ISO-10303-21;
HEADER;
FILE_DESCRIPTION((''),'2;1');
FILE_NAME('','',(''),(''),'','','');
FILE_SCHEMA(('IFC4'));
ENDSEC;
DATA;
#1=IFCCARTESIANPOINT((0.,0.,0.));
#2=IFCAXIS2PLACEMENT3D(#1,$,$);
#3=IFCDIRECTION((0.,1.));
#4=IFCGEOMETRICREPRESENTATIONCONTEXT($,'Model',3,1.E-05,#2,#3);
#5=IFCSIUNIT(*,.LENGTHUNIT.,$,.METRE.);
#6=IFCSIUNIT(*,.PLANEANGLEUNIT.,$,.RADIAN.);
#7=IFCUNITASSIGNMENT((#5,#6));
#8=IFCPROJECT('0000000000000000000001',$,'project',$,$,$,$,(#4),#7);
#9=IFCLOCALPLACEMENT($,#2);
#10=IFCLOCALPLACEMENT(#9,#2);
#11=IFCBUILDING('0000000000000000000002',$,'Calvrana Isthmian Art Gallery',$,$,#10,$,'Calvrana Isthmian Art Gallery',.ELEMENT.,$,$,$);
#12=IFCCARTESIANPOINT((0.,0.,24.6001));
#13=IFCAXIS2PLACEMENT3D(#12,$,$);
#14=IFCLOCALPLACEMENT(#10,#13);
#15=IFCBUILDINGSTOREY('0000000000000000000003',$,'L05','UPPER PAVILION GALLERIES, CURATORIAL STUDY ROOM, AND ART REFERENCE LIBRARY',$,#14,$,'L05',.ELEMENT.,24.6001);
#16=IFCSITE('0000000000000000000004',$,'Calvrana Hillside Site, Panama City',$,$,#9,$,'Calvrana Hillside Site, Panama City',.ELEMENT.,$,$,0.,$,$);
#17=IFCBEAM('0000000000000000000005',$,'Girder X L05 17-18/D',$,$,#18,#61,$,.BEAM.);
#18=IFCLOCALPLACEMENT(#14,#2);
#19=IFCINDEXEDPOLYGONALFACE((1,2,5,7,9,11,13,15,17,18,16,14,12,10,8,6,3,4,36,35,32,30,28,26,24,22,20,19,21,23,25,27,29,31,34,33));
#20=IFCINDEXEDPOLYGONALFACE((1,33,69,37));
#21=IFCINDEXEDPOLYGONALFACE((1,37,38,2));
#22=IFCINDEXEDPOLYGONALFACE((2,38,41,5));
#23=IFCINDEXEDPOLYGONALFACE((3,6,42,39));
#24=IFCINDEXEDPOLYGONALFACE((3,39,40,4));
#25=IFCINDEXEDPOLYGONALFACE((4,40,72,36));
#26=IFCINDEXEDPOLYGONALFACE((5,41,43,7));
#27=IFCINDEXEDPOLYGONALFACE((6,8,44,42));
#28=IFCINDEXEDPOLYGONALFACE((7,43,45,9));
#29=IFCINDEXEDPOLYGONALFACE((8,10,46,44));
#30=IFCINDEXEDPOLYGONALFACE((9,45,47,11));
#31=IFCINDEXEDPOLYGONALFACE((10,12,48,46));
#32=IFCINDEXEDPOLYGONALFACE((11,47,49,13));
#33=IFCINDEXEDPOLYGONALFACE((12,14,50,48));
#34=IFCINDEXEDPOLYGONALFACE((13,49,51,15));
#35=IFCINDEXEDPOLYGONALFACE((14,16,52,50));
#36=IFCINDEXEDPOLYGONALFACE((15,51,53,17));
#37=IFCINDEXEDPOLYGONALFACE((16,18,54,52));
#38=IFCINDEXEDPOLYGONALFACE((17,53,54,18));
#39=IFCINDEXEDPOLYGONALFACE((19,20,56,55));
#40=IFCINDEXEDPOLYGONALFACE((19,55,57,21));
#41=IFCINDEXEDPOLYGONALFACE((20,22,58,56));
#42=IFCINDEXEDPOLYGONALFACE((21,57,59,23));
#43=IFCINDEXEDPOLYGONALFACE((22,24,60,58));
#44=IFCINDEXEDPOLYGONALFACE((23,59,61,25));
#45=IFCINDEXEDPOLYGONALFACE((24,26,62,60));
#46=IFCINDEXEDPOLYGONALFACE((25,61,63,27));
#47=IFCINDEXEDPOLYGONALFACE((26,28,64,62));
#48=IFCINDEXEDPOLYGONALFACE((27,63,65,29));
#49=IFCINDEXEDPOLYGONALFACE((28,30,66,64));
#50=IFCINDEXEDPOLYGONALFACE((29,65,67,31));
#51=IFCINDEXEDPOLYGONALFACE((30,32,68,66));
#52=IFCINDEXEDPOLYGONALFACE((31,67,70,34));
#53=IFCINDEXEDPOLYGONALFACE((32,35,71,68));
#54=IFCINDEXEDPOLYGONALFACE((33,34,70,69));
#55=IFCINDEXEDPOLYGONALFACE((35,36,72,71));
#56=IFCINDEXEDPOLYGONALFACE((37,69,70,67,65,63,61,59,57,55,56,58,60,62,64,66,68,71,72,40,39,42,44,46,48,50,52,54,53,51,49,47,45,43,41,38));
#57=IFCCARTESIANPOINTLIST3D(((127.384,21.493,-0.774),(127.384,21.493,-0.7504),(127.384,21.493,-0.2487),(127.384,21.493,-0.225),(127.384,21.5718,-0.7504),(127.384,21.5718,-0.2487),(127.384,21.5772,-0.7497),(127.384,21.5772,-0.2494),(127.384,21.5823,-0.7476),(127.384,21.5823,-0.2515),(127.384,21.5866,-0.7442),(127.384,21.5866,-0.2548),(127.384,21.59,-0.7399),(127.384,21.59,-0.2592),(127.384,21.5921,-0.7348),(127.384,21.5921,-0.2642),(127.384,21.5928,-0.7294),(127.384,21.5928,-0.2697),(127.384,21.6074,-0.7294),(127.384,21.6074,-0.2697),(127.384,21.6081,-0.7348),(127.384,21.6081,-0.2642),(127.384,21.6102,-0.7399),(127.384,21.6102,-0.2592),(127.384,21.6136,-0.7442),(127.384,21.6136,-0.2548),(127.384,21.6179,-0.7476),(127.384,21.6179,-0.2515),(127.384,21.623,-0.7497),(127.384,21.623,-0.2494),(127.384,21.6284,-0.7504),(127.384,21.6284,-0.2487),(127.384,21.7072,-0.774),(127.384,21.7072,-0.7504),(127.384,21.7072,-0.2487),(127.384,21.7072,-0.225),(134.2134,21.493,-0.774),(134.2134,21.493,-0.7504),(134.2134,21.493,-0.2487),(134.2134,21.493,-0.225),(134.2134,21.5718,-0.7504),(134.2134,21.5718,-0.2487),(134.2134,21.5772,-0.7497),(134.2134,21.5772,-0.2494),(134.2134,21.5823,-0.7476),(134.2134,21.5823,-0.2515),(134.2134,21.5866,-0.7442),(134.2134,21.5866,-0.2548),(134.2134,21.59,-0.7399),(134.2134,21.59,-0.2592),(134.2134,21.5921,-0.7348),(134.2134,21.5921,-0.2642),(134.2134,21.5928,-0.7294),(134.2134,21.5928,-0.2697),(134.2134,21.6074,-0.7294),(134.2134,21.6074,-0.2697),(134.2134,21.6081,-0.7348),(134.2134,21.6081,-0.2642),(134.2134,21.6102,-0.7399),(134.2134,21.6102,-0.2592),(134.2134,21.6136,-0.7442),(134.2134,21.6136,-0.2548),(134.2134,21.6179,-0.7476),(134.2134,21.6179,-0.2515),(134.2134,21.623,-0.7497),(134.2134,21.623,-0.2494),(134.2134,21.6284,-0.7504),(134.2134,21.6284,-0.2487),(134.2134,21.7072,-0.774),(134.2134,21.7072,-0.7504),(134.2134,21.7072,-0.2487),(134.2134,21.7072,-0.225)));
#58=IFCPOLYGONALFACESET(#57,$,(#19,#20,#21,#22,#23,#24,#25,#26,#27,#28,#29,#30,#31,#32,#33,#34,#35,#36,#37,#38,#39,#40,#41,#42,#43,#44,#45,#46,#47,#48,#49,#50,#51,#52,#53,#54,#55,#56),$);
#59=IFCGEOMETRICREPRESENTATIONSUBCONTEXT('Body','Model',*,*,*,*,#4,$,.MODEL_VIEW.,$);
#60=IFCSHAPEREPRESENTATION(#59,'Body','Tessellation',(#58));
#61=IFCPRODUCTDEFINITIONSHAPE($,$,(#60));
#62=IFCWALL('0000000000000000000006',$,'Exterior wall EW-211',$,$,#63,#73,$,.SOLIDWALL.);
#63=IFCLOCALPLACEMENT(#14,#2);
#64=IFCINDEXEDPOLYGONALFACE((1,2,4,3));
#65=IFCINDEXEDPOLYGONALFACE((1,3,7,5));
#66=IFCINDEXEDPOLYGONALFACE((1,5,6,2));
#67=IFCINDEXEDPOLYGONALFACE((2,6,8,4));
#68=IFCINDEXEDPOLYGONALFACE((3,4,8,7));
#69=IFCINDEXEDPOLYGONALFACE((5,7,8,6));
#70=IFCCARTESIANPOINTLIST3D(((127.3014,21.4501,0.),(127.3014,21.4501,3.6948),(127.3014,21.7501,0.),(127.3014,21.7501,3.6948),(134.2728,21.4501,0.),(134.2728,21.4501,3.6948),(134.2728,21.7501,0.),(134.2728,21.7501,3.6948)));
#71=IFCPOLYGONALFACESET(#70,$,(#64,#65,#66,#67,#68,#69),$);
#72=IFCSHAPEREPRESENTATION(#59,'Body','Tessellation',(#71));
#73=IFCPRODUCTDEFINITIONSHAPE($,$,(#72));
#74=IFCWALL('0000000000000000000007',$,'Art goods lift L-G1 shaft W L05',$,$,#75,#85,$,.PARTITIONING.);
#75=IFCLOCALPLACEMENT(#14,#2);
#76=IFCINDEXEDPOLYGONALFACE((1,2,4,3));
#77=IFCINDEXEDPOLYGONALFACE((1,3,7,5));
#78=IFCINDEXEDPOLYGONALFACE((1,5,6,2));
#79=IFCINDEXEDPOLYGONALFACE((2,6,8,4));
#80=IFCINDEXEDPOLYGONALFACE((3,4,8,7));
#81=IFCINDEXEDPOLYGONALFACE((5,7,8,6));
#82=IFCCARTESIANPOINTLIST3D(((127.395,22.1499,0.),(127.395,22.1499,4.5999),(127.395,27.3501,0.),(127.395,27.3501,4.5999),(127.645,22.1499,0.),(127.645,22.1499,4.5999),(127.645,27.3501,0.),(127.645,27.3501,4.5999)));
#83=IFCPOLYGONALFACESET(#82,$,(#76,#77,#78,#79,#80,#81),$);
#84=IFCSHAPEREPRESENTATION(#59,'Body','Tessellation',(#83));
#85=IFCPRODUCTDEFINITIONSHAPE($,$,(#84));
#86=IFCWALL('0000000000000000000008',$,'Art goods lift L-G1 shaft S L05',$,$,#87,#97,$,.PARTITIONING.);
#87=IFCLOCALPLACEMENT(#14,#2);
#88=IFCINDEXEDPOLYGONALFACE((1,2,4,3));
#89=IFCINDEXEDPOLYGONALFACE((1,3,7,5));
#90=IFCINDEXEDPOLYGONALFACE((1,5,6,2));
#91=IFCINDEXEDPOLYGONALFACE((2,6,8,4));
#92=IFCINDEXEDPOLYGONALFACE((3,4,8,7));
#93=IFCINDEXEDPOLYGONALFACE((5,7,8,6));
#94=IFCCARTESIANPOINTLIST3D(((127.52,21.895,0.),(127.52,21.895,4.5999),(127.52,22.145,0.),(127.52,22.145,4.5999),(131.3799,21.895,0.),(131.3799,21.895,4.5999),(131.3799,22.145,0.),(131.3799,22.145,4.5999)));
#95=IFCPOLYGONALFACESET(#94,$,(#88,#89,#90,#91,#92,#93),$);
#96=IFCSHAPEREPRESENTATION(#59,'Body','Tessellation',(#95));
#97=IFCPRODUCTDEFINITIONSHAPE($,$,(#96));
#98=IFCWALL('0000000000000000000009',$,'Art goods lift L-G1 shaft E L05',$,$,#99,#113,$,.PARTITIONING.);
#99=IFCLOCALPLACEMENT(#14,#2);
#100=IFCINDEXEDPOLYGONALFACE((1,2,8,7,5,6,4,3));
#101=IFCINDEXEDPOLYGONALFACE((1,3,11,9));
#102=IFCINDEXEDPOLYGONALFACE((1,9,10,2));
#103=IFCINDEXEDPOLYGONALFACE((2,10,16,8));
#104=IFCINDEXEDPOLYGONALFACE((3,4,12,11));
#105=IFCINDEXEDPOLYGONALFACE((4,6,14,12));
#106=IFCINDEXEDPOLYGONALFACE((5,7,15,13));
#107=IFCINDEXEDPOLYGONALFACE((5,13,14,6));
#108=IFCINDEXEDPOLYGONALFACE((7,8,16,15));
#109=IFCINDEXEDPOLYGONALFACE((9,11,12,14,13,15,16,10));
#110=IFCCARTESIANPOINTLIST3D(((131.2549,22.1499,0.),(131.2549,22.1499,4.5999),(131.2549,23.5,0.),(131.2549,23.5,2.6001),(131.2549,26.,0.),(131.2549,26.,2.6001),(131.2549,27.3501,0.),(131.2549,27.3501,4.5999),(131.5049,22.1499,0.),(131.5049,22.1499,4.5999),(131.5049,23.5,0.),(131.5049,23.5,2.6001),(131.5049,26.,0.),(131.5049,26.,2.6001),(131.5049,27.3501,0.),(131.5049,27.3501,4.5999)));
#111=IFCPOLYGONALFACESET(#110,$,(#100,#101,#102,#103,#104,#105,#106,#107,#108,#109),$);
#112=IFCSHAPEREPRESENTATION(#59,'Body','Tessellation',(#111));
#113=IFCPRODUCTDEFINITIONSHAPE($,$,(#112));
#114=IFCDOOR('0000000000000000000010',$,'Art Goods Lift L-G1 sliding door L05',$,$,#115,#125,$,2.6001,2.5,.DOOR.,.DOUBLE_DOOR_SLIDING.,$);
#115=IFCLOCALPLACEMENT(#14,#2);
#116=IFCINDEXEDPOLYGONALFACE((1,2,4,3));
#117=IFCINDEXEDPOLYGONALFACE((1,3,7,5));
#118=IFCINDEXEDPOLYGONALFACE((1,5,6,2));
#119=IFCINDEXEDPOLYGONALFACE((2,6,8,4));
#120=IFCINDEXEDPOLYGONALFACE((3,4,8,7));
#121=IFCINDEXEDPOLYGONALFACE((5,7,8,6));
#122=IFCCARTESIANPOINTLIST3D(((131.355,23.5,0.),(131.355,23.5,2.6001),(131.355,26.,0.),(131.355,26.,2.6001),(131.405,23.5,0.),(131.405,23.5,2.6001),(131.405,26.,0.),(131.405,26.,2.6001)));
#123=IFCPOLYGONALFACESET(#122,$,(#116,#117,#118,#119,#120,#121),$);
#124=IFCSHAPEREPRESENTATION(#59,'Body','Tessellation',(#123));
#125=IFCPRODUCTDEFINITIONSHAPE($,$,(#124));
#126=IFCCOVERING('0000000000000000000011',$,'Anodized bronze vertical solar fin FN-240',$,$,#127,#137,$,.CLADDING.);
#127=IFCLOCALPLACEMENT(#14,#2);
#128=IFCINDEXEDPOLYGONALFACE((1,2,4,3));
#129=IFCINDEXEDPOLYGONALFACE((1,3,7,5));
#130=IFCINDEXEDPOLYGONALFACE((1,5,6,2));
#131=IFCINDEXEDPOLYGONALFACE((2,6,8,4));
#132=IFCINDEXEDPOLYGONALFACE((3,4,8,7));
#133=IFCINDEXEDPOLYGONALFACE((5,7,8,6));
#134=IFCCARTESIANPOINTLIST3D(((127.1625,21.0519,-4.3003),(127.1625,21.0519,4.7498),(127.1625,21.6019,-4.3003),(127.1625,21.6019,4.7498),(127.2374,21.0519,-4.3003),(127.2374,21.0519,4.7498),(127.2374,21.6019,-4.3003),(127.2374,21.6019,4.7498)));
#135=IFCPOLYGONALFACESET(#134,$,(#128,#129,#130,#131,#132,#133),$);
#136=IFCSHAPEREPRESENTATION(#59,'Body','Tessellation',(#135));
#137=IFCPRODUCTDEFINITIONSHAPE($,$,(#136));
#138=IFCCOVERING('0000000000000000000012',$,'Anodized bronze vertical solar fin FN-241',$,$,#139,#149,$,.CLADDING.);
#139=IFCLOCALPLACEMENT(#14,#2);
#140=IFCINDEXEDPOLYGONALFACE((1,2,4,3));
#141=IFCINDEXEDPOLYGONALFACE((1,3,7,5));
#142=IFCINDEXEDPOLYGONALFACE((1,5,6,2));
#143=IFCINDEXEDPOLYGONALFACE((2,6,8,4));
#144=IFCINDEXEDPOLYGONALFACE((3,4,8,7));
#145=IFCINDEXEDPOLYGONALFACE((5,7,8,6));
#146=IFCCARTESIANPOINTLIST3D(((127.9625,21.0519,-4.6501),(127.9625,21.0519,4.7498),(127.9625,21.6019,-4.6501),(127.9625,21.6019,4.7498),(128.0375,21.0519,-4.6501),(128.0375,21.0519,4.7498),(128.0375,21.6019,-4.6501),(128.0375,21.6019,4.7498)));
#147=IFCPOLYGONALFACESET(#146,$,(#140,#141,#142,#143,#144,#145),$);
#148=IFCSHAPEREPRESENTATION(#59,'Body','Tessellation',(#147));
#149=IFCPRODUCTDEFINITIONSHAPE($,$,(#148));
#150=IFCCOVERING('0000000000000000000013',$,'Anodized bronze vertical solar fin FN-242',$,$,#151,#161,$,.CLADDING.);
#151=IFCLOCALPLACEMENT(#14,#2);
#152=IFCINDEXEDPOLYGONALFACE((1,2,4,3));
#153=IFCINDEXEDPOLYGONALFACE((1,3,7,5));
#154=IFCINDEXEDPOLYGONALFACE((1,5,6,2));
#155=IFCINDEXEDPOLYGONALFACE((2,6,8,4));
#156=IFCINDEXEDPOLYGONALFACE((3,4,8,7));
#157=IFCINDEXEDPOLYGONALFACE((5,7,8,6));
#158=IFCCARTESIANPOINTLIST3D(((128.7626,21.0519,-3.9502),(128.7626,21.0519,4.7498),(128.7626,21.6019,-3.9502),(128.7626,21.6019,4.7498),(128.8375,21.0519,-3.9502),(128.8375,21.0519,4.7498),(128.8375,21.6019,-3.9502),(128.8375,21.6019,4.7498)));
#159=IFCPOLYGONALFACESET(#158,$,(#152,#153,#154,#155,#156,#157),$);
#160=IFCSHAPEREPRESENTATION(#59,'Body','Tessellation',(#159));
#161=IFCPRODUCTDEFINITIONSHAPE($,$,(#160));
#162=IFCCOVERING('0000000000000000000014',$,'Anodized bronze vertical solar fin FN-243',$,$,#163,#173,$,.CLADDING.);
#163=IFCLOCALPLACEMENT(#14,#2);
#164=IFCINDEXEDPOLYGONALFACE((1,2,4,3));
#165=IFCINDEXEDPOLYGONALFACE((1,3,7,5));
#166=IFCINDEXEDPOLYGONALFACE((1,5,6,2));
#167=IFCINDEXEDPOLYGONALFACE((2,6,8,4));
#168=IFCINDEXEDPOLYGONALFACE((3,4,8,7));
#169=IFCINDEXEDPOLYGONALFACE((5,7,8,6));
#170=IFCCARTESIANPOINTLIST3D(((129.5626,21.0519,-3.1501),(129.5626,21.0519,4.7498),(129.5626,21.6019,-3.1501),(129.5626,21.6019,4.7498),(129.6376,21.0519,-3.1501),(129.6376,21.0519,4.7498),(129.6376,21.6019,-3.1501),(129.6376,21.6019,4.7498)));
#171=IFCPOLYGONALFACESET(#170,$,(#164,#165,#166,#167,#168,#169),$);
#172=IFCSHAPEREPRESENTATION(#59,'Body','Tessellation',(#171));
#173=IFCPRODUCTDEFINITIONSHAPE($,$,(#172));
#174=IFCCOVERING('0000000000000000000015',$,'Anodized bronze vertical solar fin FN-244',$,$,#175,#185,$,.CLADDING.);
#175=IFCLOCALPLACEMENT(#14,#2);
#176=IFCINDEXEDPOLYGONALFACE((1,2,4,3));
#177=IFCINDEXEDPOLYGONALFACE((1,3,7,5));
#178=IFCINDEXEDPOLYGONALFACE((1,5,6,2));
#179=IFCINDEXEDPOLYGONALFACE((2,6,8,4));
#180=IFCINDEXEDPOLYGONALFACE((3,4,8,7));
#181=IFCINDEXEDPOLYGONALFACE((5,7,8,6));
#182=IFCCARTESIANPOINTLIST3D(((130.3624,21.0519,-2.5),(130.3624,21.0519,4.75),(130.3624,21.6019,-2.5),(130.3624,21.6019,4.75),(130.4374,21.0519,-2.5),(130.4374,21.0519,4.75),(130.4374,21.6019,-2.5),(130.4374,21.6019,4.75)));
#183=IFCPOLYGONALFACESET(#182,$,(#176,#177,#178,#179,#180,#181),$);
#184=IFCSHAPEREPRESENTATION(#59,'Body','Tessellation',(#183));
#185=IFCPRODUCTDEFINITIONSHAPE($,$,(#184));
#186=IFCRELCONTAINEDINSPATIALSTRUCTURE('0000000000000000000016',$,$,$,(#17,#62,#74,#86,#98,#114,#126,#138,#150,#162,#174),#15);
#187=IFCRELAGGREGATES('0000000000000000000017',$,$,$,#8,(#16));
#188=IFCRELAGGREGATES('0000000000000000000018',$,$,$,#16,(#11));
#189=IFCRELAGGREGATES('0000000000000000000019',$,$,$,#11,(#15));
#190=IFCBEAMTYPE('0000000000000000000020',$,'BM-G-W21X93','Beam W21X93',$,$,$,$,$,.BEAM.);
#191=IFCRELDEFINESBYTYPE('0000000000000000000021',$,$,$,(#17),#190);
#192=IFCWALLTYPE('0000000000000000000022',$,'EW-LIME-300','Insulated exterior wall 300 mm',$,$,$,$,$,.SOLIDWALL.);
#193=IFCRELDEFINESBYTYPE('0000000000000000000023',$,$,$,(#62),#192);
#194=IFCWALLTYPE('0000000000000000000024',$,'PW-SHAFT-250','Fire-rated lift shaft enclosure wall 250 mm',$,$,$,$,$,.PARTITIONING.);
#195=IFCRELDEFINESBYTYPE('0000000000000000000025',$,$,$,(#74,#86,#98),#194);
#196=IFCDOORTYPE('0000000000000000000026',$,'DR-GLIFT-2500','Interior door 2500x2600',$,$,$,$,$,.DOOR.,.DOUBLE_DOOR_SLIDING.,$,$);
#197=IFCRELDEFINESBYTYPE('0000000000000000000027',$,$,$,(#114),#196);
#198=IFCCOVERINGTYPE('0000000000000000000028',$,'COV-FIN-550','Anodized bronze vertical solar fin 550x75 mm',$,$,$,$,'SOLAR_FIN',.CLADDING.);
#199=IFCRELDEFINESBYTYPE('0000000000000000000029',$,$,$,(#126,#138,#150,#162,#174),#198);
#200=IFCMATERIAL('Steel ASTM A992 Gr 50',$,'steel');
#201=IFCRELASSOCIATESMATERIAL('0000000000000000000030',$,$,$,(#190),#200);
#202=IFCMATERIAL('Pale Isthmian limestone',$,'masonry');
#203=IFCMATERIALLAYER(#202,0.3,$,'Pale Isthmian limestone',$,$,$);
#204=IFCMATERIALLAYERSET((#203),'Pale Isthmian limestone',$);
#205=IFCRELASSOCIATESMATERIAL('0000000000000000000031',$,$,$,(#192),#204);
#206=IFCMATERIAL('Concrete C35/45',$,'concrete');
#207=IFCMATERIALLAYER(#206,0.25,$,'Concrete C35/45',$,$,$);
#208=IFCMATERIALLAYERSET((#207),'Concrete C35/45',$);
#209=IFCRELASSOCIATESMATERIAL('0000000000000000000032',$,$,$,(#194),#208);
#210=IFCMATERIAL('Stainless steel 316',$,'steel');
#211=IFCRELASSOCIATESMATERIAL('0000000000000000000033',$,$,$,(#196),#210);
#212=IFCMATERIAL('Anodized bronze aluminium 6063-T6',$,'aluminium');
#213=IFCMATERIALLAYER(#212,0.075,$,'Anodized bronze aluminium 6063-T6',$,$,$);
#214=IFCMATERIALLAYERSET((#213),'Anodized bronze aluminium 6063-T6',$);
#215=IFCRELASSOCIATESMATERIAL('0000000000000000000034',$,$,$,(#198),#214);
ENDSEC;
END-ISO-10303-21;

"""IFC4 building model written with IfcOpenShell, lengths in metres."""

from ifc_helpers import new_model, si_unit, direction, frame, frame_2d, origin, origin_2d, place, context, subcontext, project, spatial, rectangle, i_section, extrude, material, layer, layer_set, material_profile, profile_set, type_object, element, fill, save


model = new_model("IFC4")

# Units and contexts
model_context = context("Model", 3, precision=1e-05, world=origin(), true_north=direction((0.0, 1.0)))
body_context = subcontext(model_context, "Body", "Model", "MODEL_VIEW")
ifc_project = project(units=[si_unit("LENGTHUNIT", "METRE"), si_unit("PLANEANGLEUNIT", "RADIAN")], contexts=[model_context])

# Site, building, storey
site_placement = place(None, origin())
site = spatial("IfcSite", under=ifc_project, at=site_placement, Name="Calvrana Hillside Site, Panama City", LongName="Calvrana Hillside Site, Panama City", CompositionType="ELEMENT", RefElevation=0.0)
building_placement = place(site_placement, origin())
building = spatial("IfcBuilding", under=site, at=building_placement, Name="Calvrana Isthmian Art Gallery", LongName="Calvrana Isthmian Art Gallery", CompositionType="ELEMENT")
storey_placement = place(building_placement, frame((0.0, 0.0, 24.6001)))
storey = spatial("IfcBuildingStorey", under=building, at=storey_placement, Name="L05", Description="UPPER PAVILION GALLERIES, CURATORIAL STUDY ROOM, AND ART REFERENCE LIBRARY", LongName="L05", CompositionType="ELEMENT", Elevation=24.6001)

# Beam
ifc_material_1 = material(Name="Steel ASTM A992 Gr 50", Category="steel")
ifc_material_profile = material_profile(ifc_material_1, i_section(OverallWidth=0.2141, OverallDepth=0.5491, WebThickness=0.0146, FlangeThickness=0.0237, FilletRadius=0.021, at=origin_2d()), Name="W21X93")
ifc_profile_set = profile_set([ifc_material_profile], Name="Steel ASTM A992 Gr 50")
beam_type = type_object("IfcBeamType", Name="BM-G-W21X93", Description="Beam W21X93", PredefinedType="BEAM", material=ifc_profile_set)
beam_placement = place(storey_placement, frame((127.384, 21.6001, -0.4995), z_axis=(1.0, 0.0, 0.0), x_axis=(0.0, 1.0, 0.0)))
element("IfcBeam", 1, at=beam_placement, inside=storey, type_object=beam_type, Name="Girder X L05 17-18/D", PredefinedType="BEAM", context=body_context, shape_type="SweptSolid", body=[
    extrude(i_section(OverallWidth=0.2141, OverallDepth=0.5491, WebThickness=0.0146, FlangeThickness=0.0237, FilletRadius=0.021, at=origin_2d()), origin(), (0.0, 0.0, 1.0), 6.8293),
])

# Walls
ifc_material_2 = material(Name="Pale Isthmian limestone", Category="masonry")
ifc_layer_1 = layer(ifc_material_2, 0.3, Name="Pale Isthmian limestone")
ifc_layer_set_1 = layer_set([ifc_layer_1], Name="Pale Isthmian limestone")
wall_type_1 = type_object("IfcWallType", Name="EW-LIME-300", Description="Insulated exterior wall 300 mm", PredefinedType="SOLIDWALL", material=ifc_layer_set_1)
wall_1_placement = place(storey_placement, frame((134.2729, 21.6001, 0.0), z_axis=(0.0, 0.0, 1.0), x_axis=(-1.0, 0.0, 0.0)))
element("IfcWall", 2, at=wall_1_placement, inside=storey, type_object=wall_type_1, Name="Exterior wall EW-211", PredefinedType="SOLIDWALL", context=body_context, shape_type="SweptSolid", body=[
    extrude(rectangle(XDim=6.9714, YDim=0.3, at=frame_2d((3.4858, 0.0))), origin(), (0.0, 0.0, 1.0), 3.6948),
])
ifc_material_3 = material(Name="Concrete C35/45", Category="concrete")
ifc_layer_2 = layer(ifc_material_3, 0.25, Name="Concrete C35/45")
ifc_layer_set_2 = layer_set([ifc_layer_2], Name="Concrete C35/45")
wall_type_2 = type_object("IfcWallType", Name="PW-SHAFT-250", Description="Fire-rated lift shaft enclosure wall 250 mm", PredefinedType="PARTITIONING", material=ifc_layer_set_2)
wall_2_placement = place(storey_placement, frame((127.52, 22.1499, 0.0), z_axis=(0.0, 0.0, 1.0), x_axis=(0.0, 1.0, 0.0)))
element("IfcWall", 3, at=wall_2_placement, inside=storey, type_object=wall_type_2, Name="Art goods lift L-G1 shaft W L05", PredefinedType="PARTITIONING", context=body_context, shape_type="SweptSolid", body=[
    extrude(rectangle(XDim=5.2002, YDim=0.25, at=frame_2d((2.6001, 0.0))), origin(), (0.0, 0.0, 1.0), 4.5999),
])
wall_3_placement = place(storey_placement, frame((127.52, 22.02, 0.0), z_axis=(0.0, 0.0, 1.0), x_axis=(1.0, 0.0, 0.0)))
element("IfcWall", 4, at=wall_3_placement, inside=storey, type_object=wall_type_2, Name="Art goods lift L-G1 shaft S L05", PredefinedType="PARTITIONING", context=body_context, shape_type="SweptSolid", body=[
    extrude(rectangle(XDim=3.8599, YDim=0.25, at=frame_2d((1.9299, 0.0))), origin(), (0.0, 0.0, 1.0), 4.5999),
])

# Wall, opening, door
wall_4_placement = place(storey_placement, frame((131.3799, 22.1499, 0.0), z_axis=(0.0, 0.0, 1.0), x_axis=(0.0, 1.0, 0.0)))
wall_4 = element("IfcWall", 5, at=wall_4_placement, inside=storey, type_object=wall_type_2, Name="Art goods lift L-G1 shaft E L05", PredefinedType="PARTITIONING", context=body_context, shape_type="SweptSolid", body=[
    extrude(rectangle(XDim=5.2002, YDim=0.25, at=frame_2d((2.6001, 0.0))), origin(), (0.0, 0.0, 1.0), 4.5999),
])
opening_placement = place(wall_4_placement, frame((1.3501, 0.0, 0.0)))
opening = element("IfcOpeningElement", 6, at=opening_placement, cuts=wall_4, PredefinedType="OPENING", context=body_context, shape_type="SweptSolid", body=[
    extrude(rectangle(XDim=2.5, YDim=2.6001, at=frame_2d((1.25, 1.3))), frame((0.0, 0.1353, 0.0), z_axis=(0.0, -1.0, 0.0), x_axis=(1.0, 0.0, 0.0)), (0.0, 0.0, 1.0), 0.2705),
])
ifc_material_4 = material(Name="Stainless steel 316", Category="steel")
door_type = type_object("IfcDoorType", Name="DR-GLIFT-2500", Description="Interior door 2500x2600", OperationType="DOUBLE_DOOR_SLIDING", PredefinedType="DOOR", material=ifc_material_4)
door_placement = place(opening_placement, origin())
door = element("IfcDoor", 7, at=door_placement, inside=storey, type_object=door_type, Name="Art Goods Lift L-G1 sliding door L05", OperationType="DOUBLE_DOOR_SLIDING", OverallHeight=2.6001, OverallWidth=2.5, PredefinedType="DOOR", context=body_context, shape_type="SweptSolid", body=[
    extrude(rectangle(XDim=2.5, YDim=2.6001, at=frame_2d((1.25, 1.3))), frame((0.0, 0.0249, 0.0), z_axis=(0.0, -1.0, 0.0), x_axis=(1.0, 0.0, 0.0)), (0.0, 0.0, 1.0), 0.05),
])
fill(opening, door)

# Coverings
ifc_material_5 = material(Name="Anodized bronze aluminium 6063-T6", Category="aluminium")
ifc_layer_3 = layer(ifc_material_5, 0.075, Name="Anodized bronze aluminium 6063-T6")
ifc_layer_set_3 = layer_set([ifc_layer_3], Name="Anodized bronze aluminium 6063-T6")
covering_type = type_object("IfcCoveringType", Name="COV-FIN-550", Description="Anodized bronze vertical solar fin 550x75 mm", ElementType="SOLAR_FIN", PredefinedType="CLADDING", material=ifc_layer_set_3)
covering_1_placement = place(storey_placement, frame((127.2, 21.3269, -4.3003), z_axis=(0.0, 0.0, 1.0), x_axis=(1.0, 0.0, 0.0)))
element("IfcCovering", 8, at=covering_1_placement, inside=storey, type_object=covering_type, Name="Anodized bronze vertical solar fin FN-240", PredefinedType="CLADDING", context=body_context, shape_type="SweptSolid", body=[
    extrude(rectangle(XDim=0.075, YDim=0.55, at=origin_2d()), origin(), (0.0, 0.0, 1.0), 9.05),
])
covering_2_placement = place(storey_placement, frame((128.0, 21.3269, -4.6501), z_axis=(0.0, 0.0, 1.0), x_axis=(1.0, 0.0, 0.0)))
element("IfcCovering", 9, at=covering_2_placement, inside=storey, type_object=covering_type, Name="Anodized bronze vertical solar fin FN-241", PredefinedType="CLADDING", context=body_context, shape_type="SweptSolid", body=[
    extrude(rectangle(XDim=0.075, YDim=0.55, at=origin_2d()), origin(), (0.0, 0.0, 1.0), 9.3999),
])
covering_3_placement = place(storey_placement, frame((128.8, 21.3269, -3.9502), z_axis=(0.0, 0.0, 1.0), x_axis=(1.0, 0.0, 0.0)))
element("IfcCovering", 10, at=covering_3_placement, inside=storey, type_object=covering_type, Name="Anodized bronze vertical solar fin FN-242", PredefinedType="CLADDING", context=body_context, shape_type="SweptSolid", body=[
    extrude(rectangle(XDim=0.075, YDim=0.55, at=origin_2d()), origin(), (0.0, 0.0, 1.0), 8.7),
])
covering_4_placement = place(storey_placement, frame((129.6001, 21.3269, -3.1501), z_axis=(0.0, 0.0, 1.0), x_axis=(1.0, 0.0, 0.0)))
element("IfcCovering", 11, at=covering_4_placement, inside=storey, type_object=covering_type, Name="Anodized bronze vertical solar fin FN-243", PredefinedType="CLADDING", context=body_context, shape_type="SweptSolid", body=[
    extrude(rectangle(XDim=0.075, YDim=0.55, at=origin_2d()), origin(), (0.0, 0.0, 1.0), 7.8999),
])
covering_5_placement = place(storey_placement, frame((130.3999, 21.3269, -2.5), z_axis=(0.0, 0.0, 1.0), x_axis=(1.0, 0.0, 0.0)))
element("IfcCovering", 12, at=covering_5_placement, inside=storey, type_object=covering_type, Name="Anodized bronze vertical solar fin FN-244", PredefinedType="CLADDING", context=body_context, shape_type="SweptSolid", body=[
    extrude(rectangle(XDim=0.075, YDim=0.55, at=origin_2d()), origin(), (0.0, 0.0, 1.0), 7.25),
])

save(model, "model.ifc")
